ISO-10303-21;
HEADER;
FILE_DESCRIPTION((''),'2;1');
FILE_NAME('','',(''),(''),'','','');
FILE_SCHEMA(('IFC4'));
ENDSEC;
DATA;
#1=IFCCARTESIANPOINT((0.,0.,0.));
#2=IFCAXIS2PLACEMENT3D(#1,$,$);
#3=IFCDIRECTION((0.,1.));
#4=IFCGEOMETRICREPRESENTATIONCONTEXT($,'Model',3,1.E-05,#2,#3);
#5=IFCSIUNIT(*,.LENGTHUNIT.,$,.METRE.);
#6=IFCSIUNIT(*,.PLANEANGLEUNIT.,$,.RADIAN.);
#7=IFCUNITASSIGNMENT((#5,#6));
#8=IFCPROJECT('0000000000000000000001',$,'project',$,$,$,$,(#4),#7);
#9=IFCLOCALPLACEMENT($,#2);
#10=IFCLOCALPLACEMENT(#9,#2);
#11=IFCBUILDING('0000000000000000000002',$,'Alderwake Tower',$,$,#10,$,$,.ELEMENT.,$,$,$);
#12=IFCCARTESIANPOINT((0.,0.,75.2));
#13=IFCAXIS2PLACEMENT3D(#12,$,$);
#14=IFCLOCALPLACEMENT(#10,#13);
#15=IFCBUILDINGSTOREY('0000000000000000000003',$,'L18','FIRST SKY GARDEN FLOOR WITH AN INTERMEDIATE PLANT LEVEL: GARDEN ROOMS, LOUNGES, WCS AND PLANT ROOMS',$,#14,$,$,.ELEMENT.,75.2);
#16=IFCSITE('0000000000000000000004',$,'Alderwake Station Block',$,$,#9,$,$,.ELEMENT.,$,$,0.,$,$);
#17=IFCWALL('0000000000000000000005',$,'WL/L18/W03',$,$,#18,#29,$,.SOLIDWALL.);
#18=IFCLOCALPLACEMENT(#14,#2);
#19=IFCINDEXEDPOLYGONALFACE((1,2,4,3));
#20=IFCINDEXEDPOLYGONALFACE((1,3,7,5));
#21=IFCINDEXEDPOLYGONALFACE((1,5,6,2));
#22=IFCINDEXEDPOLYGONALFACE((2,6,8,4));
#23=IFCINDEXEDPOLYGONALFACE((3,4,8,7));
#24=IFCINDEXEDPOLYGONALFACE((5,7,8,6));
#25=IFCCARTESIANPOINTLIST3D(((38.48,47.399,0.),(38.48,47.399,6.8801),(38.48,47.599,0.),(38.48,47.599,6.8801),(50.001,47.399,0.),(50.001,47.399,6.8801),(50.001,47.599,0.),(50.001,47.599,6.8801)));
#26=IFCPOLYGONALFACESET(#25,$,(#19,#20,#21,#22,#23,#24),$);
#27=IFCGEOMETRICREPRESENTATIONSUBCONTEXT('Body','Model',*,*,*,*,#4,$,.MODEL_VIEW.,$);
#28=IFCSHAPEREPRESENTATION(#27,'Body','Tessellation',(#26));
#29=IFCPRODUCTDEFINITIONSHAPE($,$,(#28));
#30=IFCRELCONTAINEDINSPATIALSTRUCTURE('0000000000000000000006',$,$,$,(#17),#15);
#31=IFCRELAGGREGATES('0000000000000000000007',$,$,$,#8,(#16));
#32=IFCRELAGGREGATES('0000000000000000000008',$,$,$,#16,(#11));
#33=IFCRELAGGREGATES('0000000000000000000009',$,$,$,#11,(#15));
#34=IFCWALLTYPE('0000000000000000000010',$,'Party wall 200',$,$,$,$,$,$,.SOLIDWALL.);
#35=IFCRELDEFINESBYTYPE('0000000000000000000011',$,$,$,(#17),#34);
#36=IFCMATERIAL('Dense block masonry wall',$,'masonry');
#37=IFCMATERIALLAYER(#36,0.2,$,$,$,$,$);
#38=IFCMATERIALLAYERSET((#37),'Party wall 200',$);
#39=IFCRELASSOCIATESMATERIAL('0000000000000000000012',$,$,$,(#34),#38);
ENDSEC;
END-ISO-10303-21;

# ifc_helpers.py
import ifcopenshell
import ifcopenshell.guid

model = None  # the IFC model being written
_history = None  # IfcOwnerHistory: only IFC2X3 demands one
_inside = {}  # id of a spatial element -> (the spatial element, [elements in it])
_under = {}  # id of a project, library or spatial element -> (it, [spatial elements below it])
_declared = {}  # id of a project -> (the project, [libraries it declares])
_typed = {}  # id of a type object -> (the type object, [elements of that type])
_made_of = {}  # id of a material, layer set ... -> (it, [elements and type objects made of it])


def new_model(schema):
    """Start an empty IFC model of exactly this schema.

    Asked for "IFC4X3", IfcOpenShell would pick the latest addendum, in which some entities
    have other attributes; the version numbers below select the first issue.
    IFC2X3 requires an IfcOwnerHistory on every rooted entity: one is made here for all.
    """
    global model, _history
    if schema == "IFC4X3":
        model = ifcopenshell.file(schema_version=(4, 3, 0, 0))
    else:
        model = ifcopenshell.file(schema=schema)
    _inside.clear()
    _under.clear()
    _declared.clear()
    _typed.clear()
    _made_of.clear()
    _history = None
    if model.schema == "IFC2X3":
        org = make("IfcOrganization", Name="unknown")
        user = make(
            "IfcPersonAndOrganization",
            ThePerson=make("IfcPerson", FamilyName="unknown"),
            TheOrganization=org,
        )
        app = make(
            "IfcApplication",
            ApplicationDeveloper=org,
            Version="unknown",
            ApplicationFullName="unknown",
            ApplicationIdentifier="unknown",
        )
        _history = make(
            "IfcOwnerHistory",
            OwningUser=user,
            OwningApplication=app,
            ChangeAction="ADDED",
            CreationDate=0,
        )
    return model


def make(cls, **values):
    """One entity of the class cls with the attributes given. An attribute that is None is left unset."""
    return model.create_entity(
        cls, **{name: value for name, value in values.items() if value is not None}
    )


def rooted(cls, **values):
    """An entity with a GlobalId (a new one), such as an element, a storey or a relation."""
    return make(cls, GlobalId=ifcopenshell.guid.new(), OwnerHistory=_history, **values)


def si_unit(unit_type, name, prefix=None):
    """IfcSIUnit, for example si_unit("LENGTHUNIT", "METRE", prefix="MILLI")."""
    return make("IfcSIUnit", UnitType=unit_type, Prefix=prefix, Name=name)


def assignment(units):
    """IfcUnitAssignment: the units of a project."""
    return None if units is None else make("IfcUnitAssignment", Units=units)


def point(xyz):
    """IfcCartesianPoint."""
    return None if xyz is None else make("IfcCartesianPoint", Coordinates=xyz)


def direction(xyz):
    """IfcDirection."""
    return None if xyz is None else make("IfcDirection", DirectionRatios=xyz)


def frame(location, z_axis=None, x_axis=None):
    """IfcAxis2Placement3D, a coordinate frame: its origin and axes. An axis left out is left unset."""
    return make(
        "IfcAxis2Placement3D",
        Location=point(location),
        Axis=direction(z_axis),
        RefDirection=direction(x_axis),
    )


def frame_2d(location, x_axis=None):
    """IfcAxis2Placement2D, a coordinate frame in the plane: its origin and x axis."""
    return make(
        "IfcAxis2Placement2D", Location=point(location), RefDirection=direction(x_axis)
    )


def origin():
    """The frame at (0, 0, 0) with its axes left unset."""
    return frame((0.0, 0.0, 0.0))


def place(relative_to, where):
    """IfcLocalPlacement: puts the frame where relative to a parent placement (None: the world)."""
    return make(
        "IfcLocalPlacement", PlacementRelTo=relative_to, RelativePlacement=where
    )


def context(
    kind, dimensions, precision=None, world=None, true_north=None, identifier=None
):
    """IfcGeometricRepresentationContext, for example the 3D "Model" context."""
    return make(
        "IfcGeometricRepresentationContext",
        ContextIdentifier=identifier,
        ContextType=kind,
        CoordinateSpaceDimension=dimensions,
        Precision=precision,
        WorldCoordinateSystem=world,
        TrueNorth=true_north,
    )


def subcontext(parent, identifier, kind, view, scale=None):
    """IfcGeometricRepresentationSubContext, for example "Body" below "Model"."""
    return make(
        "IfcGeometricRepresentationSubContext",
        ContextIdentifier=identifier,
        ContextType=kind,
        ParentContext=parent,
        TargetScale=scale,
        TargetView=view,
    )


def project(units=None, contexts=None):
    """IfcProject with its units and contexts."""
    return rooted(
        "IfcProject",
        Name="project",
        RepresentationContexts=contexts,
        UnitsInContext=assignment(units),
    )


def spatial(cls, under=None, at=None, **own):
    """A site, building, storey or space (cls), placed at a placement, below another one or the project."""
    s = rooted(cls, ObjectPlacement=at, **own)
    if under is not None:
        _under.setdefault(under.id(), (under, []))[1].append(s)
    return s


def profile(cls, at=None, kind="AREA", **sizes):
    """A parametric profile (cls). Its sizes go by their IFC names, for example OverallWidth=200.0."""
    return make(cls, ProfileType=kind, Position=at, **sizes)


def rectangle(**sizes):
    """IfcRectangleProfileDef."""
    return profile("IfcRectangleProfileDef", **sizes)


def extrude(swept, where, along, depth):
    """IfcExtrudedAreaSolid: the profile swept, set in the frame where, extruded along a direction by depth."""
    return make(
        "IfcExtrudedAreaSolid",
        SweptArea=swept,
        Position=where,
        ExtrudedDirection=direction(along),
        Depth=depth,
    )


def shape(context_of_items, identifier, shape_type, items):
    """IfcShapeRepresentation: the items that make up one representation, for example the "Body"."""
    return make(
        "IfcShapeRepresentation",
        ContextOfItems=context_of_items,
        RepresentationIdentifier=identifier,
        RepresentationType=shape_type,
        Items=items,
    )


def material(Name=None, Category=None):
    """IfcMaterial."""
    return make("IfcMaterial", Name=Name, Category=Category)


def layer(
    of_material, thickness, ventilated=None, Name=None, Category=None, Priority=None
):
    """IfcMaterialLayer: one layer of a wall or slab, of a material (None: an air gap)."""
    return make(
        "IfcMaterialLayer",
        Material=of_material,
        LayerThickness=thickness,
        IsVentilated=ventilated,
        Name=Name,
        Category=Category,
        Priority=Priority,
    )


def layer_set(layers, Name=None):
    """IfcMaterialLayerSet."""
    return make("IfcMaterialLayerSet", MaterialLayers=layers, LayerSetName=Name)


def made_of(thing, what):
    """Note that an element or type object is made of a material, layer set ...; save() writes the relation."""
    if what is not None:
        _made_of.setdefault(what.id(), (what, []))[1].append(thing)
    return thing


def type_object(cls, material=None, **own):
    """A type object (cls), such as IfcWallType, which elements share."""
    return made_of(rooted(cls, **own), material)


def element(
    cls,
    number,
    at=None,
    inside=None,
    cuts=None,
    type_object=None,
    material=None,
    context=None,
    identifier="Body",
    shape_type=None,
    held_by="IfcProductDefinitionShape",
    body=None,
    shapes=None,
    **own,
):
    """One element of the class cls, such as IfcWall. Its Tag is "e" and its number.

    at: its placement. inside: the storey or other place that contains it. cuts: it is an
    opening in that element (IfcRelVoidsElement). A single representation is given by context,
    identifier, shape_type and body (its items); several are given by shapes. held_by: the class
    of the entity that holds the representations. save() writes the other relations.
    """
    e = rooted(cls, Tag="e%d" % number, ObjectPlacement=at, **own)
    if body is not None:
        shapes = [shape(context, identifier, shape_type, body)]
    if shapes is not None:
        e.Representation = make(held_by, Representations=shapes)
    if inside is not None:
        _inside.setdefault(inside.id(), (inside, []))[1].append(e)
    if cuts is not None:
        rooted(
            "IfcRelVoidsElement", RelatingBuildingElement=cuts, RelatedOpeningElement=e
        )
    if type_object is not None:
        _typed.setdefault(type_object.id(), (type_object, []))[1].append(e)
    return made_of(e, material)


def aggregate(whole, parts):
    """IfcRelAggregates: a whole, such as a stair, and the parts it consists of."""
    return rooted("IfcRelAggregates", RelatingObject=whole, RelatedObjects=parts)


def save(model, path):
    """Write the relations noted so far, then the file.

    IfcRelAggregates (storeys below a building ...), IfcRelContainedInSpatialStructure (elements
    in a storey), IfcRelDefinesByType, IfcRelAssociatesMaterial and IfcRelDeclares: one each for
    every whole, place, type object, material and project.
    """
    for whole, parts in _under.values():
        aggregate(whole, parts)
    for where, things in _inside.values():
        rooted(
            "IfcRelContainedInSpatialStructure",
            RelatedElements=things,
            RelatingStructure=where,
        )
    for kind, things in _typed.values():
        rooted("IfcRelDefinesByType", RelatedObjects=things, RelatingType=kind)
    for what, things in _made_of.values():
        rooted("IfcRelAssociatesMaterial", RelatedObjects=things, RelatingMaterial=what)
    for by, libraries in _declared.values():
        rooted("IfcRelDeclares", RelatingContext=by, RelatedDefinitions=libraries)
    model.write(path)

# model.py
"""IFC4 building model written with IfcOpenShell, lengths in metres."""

from ifc_helpers import new_model, si_unit, direction, frame, frame_2d, origin, place, context, subcontext, project, spatial, rectangle, extrude, material, layer, layer_set, type_object, element, save


model = new_model("IFC4")

# Units and contexts
model_context = context("Model", 3, precision=1e-05, world=origin(), true_north=direction((0.0, 1.0)))
body_context = subcontext(model_context, "Body", "Model", "MODEL_VIEW")
ifc_project = project(units=[si_unit("LENGTHUNIT", "METRE"), si_unit("PLANEANGLEUNIT", "RADIAN")], contexts=[model_context])

# Site, building, storey
site_placement = place(None, origin())
site = spatial("IfcSite", under=ifc_project, at=site_placement, Name="Alderwake Station Block", CompositionType="ELEMENT", RefElevation=0.0)
building_placement = place(site_placement, origin())
building = spatial("IfcBuilding", under=site, at=building_placement, Name="Alderwake Tower", CompositionType="ELEMENT")
storey_placement = place(building_placement, frame((0.0, 0.0, 75.2)))
storey = spatial("IfcBuildingStorey", under=building, at=storey_placement, Name="L18", Description="FIRST SKY GARDEN FLOOR WITH AN INTERMEDIATE PLANT LEVEL: GARDEN ROOMS, LOUNGES, WCS AND PLANT ROOMS", CompositionType="ELEMENT", Elevation=75.2)

# Wall
ifc_material_1 = material(Name="Dense block masonry wall", Category="masonry")
ifc_layer_1 = layer(ifc_material_1, 0.2)
ifc_layer_set_1 = layer_set([ifc_layer_1], Name="Party wall 200")
wall_type_1 = type_object("IfcWallType", Name="Party wall 200", PredefinedType="SOLIDWALL", material=ifc_layer_set_1)
wall_1_placement = place(storey_placement, frame((50.001, 47.499, 0.0), z_axis=(0.0, 0.0, 1.0), x_axis=(-1.0, 0.0, 0.0)))
element("IfcWall", 1, at=wall_1_placement, inside=storey, type_object=wall_type_1, Name="WL/L18/W03", PredefinedType="SOLIDWALL", context=body_context, shape_type="SweptSolid", body=[
    extrude(rectangle(XDim=11.521, YDim=0.2, at=frame_2d((5.7605, 0.0))), origin(), (0.0, 0.0, 1.0), 6.8801),
])

save(model, "model.ifc")
